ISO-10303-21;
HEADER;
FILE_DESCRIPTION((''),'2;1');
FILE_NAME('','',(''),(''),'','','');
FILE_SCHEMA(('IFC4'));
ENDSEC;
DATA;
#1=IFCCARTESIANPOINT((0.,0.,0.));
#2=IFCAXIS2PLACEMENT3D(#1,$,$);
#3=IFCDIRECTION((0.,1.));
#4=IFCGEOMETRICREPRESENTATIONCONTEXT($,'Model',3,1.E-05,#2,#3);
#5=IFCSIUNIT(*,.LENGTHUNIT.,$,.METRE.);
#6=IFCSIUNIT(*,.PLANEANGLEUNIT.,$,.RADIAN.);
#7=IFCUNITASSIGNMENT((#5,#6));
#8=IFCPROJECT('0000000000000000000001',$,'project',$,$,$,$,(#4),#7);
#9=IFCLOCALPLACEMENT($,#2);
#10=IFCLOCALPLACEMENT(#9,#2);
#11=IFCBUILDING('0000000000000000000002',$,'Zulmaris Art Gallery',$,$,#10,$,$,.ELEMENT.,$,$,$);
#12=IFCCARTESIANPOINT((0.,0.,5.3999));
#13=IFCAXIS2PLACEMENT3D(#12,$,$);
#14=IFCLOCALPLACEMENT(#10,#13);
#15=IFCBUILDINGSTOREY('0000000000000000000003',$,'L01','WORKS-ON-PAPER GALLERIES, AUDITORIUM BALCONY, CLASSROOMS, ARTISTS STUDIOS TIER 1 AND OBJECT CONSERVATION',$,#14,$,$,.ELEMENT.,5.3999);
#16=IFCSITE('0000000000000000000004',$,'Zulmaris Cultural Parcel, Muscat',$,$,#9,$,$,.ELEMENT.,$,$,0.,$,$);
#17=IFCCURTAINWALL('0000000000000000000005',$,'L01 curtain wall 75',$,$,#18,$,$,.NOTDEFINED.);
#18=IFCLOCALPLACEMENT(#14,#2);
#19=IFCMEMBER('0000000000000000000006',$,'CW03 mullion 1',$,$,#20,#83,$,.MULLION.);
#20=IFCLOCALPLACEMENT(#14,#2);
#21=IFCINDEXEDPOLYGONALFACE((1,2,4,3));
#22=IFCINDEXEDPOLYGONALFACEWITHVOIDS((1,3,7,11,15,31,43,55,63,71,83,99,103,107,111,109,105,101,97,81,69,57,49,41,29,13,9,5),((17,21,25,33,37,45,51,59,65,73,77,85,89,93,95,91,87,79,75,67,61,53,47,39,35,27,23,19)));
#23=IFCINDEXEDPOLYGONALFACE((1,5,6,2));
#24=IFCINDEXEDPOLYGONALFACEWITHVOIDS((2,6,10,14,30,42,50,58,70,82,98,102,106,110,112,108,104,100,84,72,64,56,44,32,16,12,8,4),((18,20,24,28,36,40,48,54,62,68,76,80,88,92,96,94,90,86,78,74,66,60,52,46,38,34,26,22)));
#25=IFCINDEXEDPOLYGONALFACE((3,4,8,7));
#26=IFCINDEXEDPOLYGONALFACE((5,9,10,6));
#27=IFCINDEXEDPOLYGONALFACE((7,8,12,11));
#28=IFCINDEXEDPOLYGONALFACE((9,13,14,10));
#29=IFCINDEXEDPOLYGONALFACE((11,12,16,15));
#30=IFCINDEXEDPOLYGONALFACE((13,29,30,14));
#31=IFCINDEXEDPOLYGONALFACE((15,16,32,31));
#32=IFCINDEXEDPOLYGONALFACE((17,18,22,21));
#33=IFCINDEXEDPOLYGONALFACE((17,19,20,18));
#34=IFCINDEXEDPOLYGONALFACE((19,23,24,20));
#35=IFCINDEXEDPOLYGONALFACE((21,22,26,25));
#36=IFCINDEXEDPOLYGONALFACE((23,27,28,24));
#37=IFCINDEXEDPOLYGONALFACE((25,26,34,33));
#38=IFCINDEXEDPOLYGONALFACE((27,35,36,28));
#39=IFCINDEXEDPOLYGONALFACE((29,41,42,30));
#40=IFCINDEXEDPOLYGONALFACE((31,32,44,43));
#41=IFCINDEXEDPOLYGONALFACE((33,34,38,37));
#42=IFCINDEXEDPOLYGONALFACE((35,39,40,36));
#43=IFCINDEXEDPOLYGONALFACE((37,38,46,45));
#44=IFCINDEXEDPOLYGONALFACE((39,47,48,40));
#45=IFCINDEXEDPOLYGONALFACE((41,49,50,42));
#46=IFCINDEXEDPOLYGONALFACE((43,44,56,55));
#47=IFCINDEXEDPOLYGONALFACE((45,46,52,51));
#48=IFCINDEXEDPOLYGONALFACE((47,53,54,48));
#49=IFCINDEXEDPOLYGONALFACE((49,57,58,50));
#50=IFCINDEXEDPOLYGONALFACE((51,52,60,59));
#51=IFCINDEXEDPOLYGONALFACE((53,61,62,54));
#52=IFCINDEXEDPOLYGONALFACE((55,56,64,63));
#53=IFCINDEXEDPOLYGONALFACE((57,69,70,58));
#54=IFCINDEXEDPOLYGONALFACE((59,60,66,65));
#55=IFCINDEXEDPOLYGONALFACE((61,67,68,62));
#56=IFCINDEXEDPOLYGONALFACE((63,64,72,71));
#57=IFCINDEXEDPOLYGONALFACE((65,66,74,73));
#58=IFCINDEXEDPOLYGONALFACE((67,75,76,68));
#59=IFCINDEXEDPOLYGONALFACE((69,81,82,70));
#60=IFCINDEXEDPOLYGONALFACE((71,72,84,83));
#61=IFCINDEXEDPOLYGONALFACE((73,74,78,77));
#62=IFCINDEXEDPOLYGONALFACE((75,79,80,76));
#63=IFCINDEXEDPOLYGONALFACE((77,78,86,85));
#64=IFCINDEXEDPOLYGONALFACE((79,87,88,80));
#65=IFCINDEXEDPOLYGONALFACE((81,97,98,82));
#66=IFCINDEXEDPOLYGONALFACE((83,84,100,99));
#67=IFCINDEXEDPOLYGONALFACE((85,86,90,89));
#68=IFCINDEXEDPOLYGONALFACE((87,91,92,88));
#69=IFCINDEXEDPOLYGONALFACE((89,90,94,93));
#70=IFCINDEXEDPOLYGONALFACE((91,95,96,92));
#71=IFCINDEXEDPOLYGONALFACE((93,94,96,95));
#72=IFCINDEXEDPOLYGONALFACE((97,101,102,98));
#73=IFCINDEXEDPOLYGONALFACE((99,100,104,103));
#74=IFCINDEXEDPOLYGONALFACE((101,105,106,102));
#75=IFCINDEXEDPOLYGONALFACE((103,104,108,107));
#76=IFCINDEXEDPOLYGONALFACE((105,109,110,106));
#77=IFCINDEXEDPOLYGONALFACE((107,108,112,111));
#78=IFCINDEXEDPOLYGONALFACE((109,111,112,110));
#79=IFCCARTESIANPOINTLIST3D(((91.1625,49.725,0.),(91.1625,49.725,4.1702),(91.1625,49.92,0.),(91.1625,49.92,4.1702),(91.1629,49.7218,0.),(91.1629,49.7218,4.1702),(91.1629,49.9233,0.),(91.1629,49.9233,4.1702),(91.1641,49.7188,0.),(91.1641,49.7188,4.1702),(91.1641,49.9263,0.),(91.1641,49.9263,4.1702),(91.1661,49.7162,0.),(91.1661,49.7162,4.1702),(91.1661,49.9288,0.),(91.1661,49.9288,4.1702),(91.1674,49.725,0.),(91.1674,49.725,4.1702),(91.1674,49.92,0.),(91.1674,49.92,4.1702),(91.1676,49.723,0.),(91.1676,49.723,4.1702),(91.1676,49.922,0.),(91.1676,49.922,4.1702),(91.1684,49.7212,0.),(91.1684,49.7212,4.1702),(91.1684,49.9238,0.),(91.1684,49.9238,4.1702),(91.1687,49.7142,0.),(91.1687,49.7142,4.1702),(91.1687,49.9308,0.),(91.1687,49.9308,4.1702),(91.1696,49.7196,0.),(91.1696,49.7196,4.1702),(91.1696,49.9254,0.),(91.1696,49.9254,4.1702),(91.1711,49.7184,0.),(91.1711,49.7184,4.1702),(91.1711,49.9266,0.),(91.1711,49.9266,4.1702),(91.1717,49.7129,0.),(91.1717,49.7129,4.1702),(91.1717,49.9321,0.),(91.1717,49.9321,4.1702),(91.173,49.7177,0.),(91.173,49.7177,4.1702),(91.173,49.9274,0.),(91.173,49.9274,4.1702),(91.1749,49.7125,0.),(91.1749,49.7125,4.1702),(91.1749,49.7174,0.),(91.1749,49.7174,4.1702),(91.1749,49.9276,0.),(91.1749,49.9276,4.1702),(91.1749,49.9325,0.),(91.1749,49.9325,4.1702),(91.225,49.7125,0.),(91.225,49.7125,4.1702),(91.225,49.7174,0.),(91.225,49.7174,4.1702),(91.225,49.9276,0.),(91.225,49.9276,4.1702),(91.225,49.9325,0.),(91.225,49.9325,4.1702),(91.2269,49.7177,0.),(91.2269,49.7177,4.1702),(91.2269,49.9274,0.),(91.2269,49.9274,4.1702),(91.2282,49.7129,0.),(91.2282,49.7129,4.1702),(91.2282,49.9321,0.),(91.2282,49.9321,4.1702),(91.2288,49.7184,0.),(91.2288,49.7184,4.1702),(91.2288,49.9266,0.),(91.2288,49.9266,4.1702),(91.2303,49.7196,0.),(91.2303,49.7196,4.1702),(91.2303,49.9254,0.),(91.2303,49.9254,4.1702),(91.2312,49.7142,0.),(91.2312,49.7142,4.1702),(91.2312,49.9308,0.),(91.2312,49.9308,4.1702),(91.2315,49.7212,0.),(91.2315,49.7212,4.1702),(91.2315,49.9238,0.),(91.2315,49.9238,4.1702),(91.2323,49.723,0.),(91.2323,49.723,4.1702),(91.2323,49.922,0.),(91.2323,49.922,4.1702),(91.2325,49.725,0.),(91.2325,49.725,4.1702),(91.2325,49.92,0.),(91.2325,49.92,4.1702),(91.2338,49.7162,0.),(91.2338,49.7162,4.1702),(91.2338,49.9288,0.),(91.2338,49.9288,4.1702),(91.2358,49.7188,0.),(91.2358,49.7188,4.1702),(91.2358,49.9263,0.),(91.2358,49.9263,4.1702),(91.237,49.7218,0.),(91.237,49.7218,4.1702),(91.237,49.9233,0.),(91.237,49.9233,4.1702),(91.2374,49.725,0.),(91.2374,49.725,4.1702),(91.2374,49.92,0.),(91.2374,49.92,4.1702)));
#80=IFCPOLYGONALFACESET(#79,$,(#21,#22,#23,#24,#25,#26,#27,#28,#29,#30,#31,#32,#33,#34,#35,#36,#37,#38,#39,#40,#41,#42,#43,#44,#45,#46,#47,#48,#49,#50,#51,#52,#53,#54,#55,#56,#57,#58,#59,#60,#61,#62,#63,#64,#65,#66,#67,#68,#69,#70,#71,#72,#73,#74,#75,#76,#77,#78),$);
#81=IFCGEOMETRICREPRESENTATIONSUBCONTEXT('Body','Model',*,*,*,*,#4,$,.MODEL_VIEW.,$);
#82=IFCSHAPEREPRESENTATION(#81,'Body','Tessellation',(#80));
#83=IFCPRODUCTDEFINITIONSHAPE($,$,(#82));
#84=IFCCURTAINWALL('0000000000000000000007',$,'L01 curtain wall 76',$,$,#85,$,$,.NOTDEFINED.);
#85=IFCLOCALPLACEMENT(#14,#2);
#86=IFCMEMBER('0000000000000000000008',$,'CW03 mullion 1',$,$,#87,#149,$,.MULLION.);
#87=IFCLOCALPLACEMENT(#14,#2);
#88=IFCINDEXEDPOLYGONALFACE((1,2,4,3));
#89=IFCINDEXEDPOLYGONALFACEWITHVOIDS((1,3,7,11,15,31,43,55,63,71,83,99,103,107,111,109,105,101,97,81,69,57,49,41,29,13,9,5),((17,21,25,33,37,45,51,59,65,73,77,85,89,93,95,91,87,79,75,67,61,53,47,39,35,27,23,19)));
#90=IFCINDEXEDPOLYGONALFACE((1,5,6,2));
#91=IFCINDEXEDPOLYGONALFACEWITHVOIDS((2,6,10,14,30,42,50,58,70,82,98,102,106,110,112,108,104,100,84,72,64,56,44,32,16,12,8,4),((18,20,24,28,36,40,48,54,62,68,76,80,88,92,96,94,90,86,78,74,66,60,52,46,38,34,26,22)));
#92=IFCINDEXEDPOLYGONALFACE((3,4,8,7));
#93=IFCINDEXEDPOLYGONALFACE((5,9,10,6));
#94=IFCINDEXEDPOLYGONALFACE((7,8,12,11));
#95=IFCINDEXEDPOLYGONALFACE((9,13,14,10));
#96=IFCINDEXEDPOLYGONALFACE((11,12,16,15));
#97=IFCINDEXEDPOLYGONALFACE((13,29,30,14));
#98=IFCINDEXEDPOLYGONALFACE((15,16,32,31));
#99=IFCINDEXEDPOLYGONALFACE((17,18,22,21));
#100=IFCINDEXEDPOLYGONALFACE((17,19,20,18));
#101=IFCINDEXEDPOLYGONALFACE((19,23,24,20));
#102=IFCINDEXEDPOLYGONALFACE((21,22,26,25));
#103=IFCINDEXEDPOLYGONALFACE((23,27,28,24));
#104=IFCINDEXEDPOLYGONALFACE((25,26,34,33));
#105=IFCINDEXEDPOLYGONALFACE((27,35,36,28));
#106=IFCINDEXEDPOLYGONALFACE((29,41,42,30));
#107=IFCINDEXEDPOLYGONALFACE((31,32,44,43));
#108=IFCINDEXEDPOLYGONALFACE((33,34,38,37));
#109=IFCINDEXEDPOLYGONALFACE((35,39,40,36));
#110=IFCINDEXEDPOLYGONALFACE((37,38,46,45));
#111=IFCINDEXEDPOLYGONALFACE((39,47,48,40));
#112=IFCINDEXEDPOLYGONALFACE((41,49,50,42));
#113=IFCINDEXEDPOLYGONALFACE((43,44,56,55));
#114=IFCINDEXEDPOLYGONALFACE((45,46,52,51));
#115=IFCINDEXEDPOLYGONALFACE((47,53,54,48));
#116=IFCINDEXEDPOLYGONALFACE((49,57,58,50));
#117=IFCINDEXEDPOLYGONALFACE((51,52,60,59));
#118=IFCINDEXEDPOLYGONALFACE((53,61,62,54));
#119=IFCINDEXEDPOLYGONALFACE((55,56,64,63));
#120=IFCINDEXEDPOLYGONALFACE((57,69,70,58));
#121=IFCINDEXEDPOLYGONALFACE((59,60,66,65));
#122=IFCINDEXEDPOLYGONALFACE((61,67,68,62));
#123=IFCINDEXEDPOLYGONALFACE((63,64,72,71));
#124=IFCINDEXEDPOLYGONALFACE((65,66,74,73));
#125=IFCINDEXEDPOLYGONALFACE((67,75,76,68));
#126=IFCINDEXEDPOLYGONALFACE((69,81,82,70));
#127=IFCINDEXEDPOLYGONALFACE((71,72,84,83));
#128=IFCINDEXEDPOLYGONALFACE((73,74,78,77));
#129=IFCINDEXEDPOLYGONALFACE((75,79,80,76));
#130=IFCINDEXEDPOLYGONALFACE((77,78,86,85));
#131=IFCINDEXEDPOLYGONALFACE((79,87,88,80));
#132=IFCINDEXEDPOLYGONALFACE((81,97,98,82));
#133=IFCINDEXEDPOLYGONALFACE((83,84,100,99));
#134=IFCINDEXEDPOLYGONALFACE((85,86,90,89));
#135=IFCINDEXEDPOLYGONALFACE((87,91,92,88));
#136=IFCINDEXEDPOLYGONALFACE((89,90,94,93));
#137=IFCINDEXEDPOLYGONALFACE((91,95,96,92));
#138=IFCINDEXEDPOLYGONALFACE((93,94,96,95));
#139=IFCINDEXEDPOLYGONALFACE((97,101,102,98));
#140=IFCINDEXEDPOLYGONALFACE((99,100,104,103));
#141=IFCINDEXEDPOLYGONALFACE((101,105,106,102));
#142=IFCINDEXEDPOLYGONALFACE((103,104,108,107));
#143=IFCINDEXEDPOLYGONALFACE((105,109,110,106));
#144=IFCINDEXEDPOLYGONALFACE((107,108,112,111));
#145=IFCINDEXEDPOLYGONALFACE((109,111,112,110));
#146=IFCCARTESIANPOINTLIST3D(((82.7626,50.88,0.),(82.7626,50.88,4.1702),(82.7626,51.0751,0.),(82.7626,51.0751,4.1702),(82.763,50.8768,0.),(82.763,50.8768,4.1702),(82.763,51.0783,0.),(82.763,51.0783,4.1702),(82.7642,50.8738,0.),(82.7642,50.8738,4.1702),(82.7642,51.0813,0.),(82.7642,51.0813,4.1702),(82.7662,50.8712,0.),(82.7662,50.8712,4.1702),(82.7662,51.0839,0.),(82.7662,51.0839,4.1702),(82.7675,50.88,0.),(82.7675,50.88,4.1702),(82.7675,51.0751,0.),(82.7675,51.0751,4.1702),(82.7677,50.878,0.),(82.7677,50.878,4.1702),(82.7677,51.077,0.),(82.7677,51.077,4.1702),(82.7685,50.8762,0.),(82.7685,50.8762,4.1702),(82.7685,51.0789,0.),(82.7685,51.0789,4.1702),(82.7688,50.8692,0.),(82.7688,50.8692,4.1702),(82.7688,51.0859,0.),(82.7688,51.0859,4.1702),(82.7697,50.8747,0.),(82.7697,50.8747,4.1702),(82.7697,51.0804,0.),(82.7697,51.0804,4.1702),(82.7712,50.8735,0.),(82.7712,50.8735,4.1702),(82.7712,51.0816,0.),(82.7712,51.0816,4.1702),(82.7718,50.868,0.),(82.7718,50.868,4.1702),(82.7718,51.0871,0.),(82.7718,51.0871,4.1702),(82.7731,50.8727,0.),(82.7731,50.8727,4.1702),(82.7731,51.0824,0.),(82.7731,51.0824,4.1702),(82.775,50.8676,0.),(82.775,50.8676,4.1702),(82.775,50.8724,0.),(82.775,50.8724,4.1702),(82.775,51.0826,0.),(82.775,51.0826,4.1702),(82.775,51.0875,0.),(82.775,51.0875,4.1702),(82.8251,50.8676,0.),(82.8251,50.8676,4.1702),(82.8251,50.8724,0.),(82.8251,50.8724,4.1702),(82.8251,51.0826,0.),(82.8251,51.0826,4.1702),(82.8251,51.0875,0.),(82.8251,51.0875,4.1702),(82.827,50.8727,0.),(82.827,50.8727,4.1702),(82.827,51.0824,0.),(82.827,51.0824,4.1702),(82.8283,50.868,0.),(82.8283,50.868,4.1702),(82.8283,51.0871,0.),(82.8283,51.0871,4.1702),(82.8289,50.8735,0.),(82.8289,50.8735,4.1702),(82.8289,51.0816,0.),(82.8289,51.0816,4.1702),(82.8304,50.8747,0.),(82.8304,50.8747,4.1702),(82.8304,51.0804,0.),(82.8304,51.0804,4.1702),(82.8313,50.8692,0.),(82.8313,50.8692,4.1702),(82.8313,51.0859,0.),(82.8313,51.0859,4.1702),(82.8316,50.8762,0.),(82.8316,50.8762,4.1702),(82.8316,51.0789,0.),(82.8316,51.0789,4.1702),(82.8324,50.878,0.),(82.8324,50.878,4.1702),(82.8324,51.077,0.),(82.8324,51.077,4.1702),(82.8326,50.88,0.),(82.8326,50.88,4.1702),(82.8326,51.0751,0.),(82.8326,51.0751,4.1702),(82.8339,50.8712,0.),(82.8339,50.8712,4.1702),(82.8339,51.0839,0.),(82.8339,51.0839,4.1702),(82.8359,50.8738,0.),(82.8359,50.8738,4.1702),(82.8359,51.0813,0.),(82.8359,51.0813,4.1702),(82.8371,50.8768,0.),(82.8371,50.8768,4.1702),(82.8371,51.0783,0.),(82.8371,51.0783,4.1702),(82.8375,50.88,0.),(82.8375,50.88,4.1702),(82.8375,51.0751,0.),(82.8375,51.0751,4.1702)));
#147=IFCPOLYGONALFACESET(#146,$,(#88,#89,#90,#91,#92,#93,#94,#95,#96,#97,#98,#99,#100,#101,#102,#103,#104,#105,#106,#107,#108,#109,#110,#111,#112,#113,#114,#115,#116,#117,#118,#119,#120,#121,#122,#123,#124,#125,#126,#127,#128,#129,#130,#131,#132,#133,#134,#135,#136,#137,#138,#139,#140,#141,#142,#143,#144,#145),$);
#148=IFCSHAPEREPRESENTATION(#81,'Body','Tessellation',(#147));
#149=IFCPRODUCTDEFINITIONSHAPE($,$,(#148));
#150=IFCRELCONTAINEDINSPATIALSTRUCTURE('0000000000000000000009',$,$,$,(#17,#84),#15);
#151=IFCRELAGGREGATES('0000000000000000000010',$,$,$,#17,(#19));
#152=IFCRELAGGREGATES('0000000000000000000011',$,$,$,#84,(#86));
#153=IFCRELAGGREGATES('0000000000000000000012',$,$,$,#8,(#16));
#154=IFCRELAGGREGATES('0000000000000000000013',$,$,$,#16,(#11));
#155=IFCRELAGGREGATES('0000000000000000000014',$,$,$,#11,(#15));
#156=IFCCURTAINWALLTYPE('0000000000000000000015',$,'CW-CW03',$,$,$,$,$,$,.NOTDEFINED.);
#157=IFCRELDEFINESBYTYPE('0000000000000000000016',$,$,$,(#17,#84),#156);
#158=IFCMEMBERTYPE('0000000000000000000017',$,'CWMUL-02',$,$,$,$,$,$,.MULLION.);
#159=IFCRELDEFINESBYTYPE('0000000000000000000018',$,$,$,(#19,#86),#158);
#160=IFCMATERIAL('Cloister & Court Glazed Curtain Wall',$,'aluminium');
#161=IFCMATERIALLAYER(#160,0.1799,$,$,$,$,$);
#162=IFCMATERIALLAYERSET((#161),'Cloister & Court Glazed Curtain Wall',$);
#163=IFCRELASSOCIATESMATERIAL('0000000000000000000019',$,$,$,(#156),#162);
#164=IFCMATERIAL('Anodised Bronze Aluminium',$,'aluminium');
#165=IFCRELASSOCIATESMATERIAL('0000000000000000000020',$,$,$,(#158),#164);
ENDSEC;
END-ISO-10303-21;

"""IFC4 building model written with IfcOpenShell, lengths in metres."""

from ifc_helpers import new_model, si_unit, direction, frame, origin, origin_2d, place, context, subcontext, project, spatial, hollow_rectangle, extrude, material, layer, layer_set, material_profile, profile_set, type_object, element, aggregate, save


model = new_model("IFC4")

# Units and contexts
model_context = context("Model", 3, precision=1e-05, world=origin(), true_north=direction((0.0, 1.0)))
body_context = subcontext(model_context, "Body", "Model", "MODEL_VIEW")
ifc_project = project(units=[si_unit("LENGTHUNIT", "METRE"), si_unit("PLANEANGLEUNIT", "RADIAN")], contexts=[model_context])

# Site, building, storey
site_placement = place(None, origin())
site = spatial("IfcSite", under=ifc_project, at=site_placement, Name="Zulmaris Cultural Parcel, Muscat", CompositionType="ELEMENT", RefElevation=0.0)
building_placement = place(site_placement, origin())
building = spatial("IfcBuilding", under=site, at=building_placement, Name="Zulmaris Art Gallery", CompositionType="ELEMENT")
storey_placement = place(building_placement, frame((0.0, 0.0, 5.3999)))
storey = spatial("IfcBuildingStorey", under=building, at=storey_placement, Name="L01", Description="WORKS-ON-PAPER GALLERIES, AUDITORIUM BALCONY, CLASSROOMS, ARTISTS STUDIOS TIER 1 AND OBJECT CONSERVATION", CompositionType="ELEMENT", Elevation=5.3999)

# Curtain wall, member
ifc_material_1 = material(Name="Cloister & Court Glazed Curtain Wall", Category="aluminium")
ifc_layer_1 = layer(ifc_material_1, 0.1799)
ifc_layer_set_1 = layer_set([ifc_layer_1], Name="Cloister & Court Glazed Curtain Wall")
curtain_wall_type = type_object("IfcCurtainWallType", Name="CW-CW03", PredefinedType="NOTDEFINED", material=ifc_layer_set_1)
curtain_wall_1_placement = place(storey_placement, origin())
curtain_wall_1 = element("IfcCurtainWall", 1, at=curtain_wall_1_placement, inside=storey, type_object=curtain_wall_type, Name="L01 curtain wall 75", PredefinedType="NOTDEFINED")
ifc_material_2 = material(Name="Anodised Bronze Aluminium", Category="aluminium")
ifc_material_profile_1 = material_profile(ifc_material_2, hollow_rectangle(XDim=0.075, YDim=0.22, WallThickness=0.0049, InnerFilletRadius=0.0076, OuterFilletRadius=0.0125, at=origin_2d()), Name="ALU 75x220x5")
ifc_profile_set_1 = profile_set([ifc_material_profile_1], Name="Anodised Bronze Aluminium")
member_type_1 = type_object("IfcMemberType", Name="CWMUL-02", PredefinedType="MULLION", material=ifc_profile_set_1)
member_1_placement = place(storey_placement, frame((91.2, 49.8225, 0.0), z_axis=(0.0, 0.0, 1.0), x_axis=(1.0, 0.0, 0.0)))
member_1 = element("IfcMember", 2, at=member_1_placement, type_object=member_type_1, Name="CW03 mullion 1", PredefinedType="MULLION", context=body_context, shape_type="SweptSolid", body=[
    extrude(hollow_rectangle(XDim=0.075, YDim=0.22, WallThickness=0.0049, InnerFilletRadius=0.0076, OuterFilletRadius=0.0125, at=origin_2d()), origin(), (0.0, 0.0, 1.0), 4.1702),
])

# Curtain wall, member
curtain_wall_2_placement = place(storey_placement, origin())
curtain_wall_2 = element("IfcCurtainWall", 3, at=curtain_wall_2_placement, inside=storey, type_object=curtain_wall_type, Name="L01 curtain wall 76", PredefinedType="NOTDEFINED")
member_2_placement = place(storey_placement, frame((82.8, 50.9775, 0.0), z_axis=(0.0, 0.0, 1.0), x_axis=(-1.0, 0.0, 0.0)))
member_2 = element("IfcMember", 4, at=member_2_placement, type_object=member_type_1, Name="CW03 mullion 1", PredefinedType="MULLION", context=body_context, shape_type="SweptSolid", body=[
    extrude(hollow_rectangle(XDim=0.075, YDim=0.22, WallThickness=0.0049, InnerFilletRadius=0.0076, OuterFilletRadius=0.0125, at=origin_2d()), origin(), (0.0, 0.0, 1.0), 4.1702),
])

aggregate(curtain_wall_1, [member_1])

aggregate(curtain_wall_2, [member_2])

save(model, "model.ifc")
